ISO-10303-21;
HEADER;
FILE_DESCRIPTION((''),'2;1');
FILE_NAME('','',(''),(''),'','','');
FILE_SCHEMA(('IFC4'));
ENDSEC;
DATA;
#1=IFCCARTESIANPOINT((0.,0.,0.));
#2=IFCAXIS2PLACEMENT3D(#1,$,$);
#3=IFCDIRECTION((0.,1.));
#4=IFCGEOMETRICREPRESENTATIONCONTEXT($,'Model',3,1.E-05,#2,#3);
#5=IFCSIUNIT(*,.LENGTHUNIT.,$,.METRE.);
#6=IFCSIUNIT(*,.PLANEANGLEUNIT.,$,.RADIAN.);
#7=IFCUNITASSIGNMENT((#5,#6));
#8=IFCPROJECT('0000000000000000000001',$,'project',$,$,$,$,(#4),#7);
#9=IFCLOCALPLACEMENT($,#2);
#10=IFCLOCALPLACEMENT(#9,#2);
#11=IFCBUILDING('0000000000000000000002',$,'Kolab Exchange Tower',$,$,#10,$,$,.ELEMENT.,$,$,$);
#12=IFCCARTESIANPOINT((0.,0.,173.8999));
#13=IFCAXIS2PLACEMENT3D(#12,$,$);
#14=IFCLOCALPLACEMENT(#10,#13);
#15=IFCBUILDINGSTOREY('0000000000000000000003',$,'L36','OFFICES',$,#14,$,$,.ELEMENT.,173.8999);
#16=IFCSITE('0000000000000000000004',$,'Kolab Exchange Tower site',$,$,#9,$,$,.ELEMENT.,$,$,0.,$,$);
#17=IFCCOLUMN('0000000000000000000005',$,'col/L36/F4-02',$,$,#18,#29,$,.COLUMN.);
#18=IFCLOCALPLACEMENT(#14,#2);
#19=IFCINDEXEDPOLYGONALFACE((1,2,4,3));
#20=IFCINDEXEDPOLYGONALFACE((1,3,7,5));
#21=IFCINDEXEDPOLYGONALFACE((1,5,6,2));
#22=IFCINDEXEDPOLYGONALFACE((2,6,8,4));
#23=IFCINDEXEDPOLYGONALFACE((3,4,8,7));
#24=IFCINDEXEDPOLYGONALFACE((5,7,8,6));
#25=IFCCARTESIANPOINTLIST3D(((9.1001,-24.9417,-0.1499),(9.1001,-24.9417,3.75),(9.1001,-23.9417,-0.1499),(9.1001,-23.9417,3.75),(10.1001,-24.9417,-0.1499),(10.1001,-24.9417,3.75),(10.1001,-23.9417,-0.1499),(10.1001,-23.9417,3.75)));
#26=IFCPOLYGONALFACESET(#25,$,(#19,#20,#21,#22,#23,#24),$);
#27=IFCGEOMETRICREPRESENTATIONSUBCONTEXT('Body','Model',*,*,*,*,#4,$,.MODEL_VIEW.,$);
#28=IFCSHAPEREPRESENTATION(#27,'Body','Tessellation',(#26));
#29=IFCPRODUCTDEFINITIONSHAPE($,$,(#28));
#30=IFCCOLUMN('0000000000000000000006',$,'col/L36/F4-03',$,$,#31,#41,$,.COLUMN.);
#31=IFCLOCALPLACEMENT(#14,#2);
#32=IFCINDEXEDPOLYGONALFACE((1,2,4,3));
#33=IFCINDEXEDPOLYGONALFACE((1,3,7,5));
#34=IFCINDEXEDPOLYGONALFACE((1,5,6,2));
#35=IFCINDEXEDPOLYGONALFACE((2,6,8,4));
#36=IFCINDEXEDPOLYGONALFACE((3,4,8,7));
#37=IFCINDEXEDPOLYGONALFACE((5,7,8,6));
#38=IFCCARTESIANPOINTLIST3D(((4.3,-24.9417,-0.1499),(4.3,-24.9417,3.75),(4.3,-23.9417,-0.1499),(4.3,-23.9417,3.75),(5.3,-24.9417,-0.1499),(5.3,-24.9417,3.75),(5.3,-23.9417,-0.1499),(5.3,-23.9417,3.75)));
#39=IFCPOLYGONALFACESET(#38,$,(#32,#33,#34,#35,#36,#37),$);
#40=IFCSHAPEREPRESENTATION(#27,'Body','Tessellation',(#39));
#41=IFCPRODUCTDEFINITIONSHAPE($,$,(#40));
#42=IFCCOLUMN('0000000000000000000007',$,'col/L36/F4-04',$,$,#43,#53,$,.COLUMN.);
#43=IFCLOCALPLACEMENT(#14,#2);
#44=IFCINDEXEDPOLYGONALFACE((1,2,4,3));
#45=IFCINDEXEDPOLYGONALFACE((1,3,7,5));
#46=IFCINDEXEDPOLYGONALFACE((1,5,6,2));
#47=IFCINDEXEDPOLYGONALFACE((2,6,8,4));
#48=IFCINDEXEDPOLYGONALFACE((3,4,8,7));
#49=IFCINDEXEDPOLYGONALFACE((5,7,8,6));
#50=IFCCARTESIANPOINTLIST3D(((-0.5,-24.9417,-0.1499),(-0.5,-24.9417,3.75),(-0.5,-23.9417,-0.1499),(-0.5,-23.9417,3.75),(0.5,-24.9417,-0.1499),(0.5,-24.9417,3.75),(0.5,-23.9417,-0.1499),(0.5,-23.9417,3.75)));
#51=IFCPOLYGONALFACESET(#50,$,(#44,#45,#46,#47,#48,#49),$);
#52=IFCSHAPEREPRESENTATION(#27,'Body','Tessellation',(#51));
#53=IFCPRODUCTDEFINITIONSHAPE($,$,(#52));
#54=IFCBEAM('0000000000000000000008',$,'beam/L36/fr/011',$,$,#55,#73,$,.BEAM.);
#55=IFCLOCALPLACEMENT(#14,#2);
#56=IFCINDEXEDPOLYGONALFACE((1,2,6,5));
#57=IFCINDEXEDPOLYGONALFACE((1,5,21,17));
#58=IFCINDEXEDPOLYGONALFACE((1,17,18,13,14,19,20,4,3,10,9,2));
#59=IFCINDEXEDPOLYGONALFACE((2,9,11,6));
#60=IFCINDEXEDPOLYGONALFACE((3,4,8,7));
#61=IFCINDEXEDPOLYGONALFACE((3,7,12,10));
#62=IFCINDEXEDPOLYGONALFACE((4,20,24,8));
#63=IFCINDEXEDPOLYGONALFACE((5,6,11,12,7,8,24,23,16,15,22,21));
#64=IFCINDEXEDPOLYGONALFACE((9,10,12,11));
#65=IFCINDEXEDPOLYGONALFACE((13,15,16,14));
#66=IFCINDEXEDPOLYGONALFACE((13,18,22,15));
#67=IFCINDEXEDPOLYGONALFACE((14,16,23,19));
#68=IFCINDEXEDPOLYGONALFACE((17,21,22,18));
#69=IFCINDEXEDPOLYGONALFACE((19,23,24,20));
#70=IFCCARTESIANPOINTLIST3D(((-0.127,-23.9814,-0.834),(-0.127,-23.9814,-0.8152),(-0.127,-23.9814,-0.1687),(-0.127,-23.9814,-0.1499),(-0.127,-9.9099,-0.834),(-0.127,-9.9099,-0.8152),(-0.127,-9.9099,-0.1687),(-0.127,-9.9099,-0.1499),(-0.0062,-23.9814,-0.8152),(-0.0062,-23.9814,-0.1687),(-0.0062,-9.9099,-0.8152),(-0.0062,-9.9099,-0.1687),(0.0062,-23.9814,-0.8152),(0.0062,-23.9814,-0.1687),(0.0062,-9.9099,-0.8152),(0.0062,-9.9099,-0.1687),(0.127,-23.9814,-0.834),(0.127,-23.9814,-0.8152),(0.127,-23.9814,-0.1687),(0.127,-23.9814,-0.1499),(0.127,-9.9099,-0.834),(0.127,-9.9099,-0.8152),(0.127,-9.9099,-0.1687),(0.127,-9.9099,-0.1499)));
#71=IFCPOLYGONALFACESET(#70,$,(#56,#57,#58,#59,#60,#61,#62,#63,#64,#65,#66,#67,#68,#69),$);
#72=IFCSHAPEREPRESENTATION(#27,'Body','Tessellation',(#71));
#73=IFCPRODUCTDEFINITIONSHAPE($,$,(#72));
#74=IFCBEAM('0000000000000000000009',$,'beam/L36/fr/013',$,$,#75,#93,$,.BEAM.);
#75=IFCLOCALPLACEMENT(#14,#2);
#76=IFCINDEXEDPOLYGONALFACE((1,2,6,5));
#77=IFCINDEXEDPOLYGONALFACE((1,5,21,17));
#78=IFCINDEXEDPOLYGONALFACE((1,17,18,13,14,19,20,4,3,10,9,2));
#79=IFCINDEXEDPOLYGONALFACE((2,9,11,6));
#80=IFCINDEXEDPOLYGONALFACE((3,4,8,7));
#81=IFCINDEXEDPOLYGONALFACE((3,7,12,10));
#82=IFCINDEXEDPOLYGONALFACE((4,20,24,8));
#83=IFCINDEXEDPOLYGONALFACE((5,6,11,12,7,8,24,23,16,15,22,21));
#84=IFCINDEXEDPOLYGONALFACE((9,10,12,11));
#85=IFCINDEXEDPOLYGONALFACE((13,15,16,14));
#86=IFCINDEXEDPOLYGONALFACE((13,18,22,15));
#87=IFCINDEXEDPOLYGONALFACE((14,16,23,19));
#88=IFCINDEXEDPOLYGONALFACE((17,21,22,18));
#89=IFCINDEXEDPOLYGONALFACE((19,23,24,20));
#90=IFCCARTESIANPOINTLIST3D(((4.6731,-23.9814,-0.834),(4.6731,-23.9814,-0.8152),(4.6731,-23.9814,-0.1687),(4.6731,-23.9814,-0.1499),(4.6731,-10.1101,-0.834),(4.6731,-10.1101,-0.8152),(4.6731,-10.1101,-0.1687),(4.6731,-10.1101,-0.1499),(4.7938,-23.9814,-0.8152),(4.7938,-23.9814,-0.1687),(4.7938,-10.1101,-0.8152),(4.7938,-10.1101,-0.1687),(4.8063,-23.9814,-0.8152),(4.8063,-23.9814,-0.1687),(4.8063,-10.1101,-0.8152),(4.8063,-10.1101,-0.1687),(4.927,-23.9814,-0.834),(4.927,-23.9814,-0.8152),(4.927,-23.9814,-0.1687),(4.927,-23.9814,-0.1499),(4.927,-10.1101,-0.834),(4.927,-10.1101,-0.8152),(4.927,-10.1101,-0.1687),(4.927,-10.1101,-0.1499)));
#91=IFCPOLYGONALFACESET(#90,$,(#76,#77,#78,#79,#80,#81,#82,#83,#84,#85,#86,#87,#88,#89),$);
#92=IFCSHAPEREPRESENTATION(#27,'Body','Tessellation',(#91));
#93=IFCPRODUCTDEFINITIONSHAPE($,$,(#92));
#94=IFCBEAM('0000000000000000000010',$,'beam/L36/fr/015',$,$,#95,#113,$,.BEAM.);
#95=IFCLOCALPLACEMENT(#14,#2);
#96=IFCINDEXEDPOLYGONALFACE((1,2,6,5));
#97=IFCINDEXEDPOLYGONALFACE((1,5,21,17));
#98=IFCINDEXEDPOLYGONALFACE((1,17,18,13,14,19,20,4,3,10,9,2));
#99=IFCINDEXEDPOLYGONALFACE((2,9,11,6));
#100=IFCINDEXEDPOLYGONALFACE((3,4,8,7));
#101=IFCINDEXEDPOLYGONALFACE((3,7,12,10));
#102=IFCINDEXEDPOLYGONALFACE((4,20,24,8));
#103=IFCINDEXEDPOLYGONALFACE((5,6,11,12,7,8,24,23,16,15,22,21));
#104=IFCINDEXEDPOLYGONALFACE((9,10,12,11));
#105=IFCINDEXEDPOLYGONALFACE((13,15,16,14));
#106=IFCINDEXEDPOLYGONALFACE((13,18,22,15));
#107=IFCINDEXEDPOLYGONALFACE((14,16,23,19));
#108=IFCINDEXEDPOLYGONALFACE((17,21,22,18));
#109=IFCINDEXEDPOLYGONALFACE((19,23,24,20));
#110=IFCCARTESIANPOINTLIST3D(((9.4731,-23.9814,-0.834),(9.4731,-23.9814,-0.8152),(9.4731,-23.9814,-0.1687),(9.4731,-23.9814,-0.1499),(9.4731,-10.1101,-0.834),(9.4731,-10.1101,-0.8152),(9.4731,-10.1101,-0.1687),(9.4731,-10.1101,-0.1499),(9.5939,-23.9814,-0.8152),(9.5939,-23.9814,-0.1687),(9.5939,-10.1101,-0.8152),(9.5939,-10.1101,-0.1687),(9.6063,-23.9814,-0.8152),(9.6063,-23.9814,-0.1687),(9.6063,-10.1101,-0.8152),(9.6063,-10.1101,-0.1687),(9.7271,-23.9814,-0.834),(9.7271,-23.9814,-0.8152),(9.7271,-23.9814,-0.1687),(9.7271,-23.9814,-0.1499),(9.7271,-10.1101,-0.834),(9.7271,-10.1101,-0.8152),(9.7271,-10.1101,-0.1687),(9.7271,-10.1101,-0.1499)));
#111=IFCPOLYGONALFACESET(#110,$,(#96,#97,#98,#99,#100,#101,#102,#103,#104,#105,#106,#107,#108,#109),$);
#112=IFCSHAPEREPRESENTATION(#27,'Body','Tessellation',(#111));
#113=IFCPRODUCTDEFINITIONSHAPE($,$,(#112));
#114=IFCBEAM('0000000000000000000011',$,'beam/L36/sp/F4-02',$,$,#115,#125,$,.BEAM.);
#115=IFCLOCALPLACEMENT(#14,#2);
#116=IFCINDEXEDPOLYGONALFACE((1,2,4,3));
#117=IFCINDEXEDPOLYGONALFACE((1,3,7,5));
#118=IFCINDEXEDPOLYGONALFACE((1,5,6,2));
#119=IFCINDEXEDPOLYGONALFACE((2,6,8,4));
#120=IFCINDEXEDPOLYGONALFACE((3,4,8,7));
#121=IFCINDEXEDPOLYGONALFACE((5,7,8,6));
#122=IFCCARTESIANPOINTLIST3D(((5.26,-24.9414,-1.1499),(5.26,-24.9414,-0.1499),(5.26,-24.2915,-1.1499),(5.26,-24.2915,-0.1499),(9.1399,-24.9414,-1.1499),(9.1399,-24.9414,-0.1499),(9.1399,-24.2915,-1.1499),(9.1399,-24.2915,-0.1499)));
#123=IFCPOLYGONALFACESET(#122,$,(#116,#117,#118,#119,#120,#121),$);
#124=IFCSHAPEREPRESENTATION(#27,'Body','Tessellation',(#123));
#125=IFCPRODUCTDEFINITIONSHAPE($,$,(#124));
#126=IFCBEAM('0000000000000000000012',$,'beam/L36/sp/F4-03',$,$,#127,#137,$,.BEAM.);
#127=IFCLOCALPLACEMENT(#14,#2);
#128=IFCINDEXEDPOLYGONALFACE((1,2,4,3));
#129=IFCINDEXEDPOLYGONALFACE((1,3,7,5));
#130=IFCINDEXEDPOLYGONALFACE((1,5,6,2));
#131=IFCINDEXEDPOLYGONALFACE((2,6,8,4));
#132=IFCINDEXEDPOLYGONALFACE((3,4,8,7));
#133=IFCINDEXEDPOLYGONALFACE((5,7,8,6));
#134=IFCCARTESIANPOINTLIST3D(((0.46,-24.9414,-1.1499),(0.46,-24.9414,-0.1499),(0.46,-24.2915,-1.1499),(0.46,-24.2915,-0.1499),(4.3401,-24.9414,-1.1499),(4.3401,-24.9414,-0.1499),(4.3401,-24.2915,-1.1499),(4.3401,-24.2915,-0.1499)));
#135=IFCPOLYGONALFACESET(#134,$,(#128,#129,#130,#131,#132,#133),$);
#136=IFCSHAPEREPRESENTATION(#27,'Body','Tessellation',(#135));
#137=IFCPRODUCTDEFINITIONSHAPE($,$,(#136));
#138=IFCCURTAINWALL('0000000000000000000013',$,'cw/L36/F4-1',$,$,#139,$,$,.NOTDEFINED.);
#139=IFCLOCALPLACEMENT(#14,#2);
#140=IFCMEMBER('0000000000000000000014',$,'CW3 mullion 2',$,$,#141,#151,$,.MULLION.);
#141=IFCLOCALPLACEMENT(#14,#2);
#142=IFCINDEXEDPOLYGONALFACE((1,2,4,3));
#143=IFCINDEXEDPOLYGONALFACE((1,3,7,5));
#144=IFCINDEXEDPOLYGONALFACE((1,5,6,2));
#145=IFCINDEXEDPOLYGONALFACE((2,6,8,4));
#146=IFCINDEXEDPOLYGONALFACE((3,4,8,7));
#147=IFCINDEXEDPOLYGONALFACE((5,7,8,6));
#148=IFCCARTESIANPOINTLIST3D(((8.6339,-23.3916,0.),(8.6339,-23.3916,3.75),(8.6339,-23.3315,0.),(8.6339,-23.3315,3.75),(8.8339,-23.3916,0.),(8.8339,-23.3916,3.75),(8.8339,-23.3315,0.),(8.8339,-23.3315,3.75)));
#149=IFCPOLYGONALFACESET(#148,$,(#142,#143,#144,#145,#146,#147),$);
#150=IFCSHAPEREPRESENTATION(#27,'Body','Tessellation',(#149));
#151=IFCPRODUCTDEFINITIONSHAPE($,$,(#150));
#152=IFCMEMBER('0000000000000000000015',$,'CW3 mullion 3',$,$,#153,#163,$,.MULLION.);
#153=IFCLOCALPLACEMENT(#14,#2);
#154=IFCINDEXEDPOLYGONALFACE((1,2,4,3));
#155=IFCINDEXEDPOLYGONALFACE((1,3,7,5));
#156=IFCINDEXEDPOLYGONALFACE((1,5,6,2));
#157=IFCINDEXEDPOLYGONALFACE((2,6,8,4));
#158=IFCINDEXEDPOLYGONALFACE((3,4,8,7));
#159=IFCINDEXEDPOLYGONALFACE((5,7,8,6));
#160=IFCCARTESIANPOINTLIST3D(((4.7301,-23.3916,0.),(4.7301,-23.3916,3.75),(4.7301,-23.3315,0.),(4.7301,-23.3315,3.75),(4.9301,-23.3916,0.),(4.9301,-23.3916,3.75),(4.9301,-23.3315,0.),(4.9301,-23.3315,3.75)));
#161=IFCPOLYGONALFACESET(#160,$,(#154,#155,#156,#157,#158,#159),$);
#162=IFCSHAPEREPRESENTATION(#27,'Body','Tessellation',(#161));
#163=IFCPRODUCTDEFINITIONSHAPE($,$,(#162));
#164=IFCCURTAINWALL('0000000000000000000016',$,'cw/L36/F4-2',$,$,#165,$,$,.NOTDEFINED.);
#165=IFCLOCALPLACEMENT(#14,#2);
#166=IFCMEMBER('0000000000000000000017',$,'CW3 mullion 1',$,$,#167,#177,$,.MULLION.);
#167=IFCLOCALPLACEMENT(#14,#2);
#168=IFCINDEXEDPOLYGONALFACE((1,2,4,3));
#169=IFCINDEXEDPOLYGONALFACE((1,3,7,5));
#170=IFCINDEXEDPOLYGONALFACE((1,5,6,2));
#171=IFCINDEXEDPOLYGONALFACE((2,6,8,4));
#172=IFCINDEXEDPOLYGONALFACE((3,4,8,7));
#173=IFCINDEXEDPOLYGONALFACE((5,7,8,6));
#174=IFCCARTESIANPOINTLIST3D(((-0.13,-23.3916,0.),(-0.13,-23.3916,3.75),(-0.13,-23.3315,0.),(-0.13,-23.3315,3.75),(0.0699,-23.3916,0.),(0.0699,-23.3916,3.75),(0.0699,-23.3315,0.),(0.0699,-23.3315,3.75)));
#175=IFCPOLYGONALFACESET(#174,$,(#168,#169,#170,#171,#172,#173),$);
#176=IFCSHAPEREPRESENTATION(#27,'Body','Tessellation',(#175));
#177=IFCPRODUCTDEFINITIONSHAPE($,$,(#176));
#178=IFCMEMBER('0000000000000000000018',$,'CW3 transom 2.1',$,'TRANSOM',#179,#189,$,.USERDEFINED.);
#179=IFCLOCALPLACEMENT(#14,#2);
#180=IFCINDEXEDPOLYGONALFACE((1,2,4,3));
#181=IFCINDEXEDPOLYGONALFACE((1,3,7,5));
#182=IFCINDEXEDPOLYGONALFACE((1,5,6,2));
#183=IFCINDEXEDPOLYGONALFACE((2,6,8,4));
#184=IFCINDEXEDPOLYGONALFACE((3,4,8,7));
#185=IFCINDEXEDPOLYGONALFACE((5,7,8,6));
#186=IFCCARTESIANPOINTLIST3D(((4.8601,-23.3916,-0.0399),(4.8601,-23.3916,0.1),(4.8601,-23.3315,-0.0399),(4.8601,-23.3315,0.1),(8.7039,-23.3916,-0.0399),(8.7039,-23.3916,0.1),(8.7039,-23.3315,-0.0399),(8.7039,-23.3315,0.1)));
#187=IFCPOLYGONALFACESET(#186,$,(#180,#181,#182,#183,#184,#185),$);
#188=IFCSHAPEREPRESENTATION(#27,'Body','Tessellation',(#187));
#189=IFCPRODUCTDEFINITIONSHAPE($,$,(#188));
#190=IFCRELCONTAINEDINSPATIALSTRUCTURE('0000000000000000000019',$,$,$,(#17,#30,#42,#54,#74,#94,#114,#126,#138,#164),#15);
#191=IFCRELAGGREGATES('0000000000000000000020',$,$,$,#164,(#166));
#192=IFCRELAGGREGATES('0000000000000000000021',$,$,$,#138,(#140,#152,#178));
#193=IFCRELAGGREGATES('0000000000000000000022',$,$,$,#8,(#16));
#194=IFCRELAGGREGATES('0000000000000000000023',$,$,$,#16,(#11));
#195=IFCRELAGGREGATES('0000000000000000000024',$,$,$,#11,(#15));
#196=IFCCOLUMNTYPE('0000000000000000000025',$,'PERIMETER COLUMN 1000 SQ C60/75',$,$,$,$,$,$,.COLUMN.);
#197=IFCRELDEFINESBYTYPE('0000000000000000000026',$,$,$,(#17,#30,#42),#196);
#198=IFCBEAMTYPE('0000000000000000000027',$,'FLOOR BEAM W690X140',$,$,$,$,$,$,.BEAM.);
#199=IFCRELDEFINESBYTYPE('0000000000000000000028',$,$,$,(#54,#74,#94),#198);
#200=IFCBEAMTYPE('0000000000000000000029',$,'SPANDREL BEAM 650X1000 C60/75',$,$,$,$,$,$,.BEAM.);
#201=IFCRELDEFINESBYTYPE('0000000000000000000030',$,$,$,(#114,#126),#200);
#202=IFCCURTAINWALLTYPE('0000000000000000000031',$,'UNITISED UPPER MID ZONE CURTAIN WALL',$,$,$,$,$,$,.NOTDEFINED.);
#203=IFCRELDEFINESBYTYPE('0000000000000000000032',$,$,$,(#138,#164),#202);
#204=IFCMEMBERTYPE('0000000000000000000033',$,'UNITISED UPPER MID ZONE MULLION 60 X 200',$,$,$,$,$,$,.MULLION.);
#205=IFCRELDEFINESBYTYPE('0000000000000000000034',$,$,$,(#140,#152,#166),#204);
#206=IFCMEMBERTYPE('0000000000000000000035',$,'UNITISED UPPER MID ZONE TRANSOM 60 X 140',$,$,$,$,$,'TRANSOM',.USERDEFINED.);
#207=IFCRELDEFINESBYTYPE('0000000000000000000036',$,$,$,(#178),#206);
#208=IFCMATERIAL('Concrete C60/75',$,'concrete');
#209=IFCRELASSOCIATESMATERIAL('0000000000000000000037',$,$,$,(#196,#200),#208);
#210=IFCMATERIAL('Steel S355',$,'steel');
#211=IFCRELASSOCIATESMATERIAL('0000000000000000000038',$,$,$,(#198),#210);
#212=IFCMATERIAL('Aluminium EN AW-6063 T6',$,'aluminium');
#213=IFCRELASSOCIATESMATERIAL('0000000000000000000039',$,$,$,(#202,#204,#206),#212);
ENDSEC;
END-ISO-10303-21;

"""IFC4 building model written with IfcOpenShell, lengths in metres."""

from ifc_helpers import new_model, si_unit, direction, frame, origin, origin_2d, place, context, subcontext, project, spatial, rectangle, i_section, extrude, material, material_profile, profile_set, type_object, element, aggregate, save


model = new_model("IFC4")

# Units and contexts
model_context = context("Model", 3, precision=1e-05, world=origin(), true_north=direction((0.0, 1.0)))
body_context = subcontext(model_context, "Body", "Model", "MODEL_VIEW")
ifc_project = project(units=[si_unit("LENGTHUNIT", "METRE"), si_unit("PLANEANGLEUNIT", "RADIAN")], contexts=[model_context])

# Site, building, storey
site_placement = place(None, origin())
site = spatial("IfcSite", under=ifc_project, at=site_placement, Name="Kolab Exchange Tower site", CompositionType="ELEMENT", RefElevation=0.0)
building_placement = place(site_placement, origin())
building = spatial("IfcBuilding", under=site, at=building_placement, Name="Kolab Exchange Tower", CompositionType="ELEMENT")
storey_placement = place(building_placement, frame((0.0, 0.0, 173.8999)))
storey = spatial("IfcBuildingStorey", under=building, at=storey_placement, Name="L36", Description="OFFICES", CompositionType="ELEMENT", Elevation=173.8999)

# Columns
ifc_material_1 = material(Name="Concrete C60/75", Category="concrete")
ifc_material_profile_1 = material_profile(ifc_material_1, rectangle(XDim=1.0, YDim=1.0, at=origin_2d()), Name="RC1000")
ifc_profile_set_1 = profile_set([ifc_material_profile_1], Name="Concrete C60/75")
column_type = type_object("IfcColumnType", Name="PERIMETER COLUMN 1000 SQ C60/75", PredefinedType="COLUMN", material=ifc_profile_set_1)
for number, where, z_axis, x_axis, name in (
    (1, (9.6001, -24.4417, -0.1499), (0.0, 0.0, 1.0), (1.0, 0.0, 0.0), "col/L36/F4-02"),
    (2, (4.8, -24.4417, -0.1499), (0.0, 0.0, 1.0), (1.0, 0.0, 0.0), "col/L36/F4-03"),
    (3, (0.0, -24.4417, -0.1499), (0.0, 0.0, 1.0), (1.0, 0.0, 0.0), "col/L36/F4-04"),
):
    element("IfcColumn", number, at=place(storey_placement, frame(where, z_axis=z_axis, x_axis=x_axis)), inside=storey, type_object=column_type, Name=name, PredefinedType="COLUMN", context=body_context, shape_type="SweptSolid", body=[
        extrude(rectangle(XDim=1.0, YDim=1.0, at=origin_2d()), origin(), (0.0, 0.0, 1.0), 3.8999),
    ])

# Beams
ifc_material_2 = material(Name="Steel S355", Category="steel")
ifc_material_profile_2 = material_profile(ifc_material_2, i_section(OverallWidth=0.2539, OverallDepth=0.6841, WebThickness=0.0125, FlangeThickness=0.0188, at=origin_2d()), Name="W690X140")
ifc_profile_set_2 = profile_set([ifc_material_profile_2], Name="Steel S355")
beam_type_1 = type_object("IfcBeamType", Name="FLOOR BEAM W690X140", PredefinedType="BEAM", material=ifc_profile_set_2)
beam_1_placement = place(storey_placement, frame((0.0, -23.9814, -0.4919), z_axis=(0.0, 1.0, 0.0), x_axis=(-1.0, 0.0, 0.0)))
element("IfcBeam", 4, at=beam_1_placement, inside=storey, type_object=beam_type_1, Name="beam/L36/fr/011", PredefinedType="BEAM", context=body_context, shape_type="SweptSolid", body=[
    extrude(i_section(OverallWidth=0.2539, OverallDepth=0.6841, WebThickness=0.0125, FlangeThickness=0.0188, at=origin_2d()), origin(), (0.0, 0.0, 1.0), 14.0715),
])
for number, where, z_axis, x_axis, name in (
    (5, (4.8, -23.9814, -0.4919), (0.0, 1.0, 0.0), (-1.0, 0.0, 0.0), "beam/L36/fr/013"),
    (6, (9.6001, -23.9814, -0.4919), (0.0, 1.0, 0.0), (-1.0, 0.0, 0.0), "beam/L36/fr/015"),
):
    element("IfcBeam", number, at=place(storey_placement, frame(where, z_axis=z_axis, x_axis=x_axis)), inside=storey, type_object=beam_type_1, Name=name, PredefinedType="BEAM", context=body_context, shape_type="SweptSolid", body=[
        extrude(i_section(OverallWidth=0.2539, OverallDepth=0.6841, WebThickness=0.0125, FlangeThickness=0.0188, at=origin_2d()), origin(), (0.0, 0.0, 1.0), 13.8713),
    ])
ifc_material_profile_3 = material_profile(ifc_material_1, rectangle(XDim=0.6499, YDim=1.0, at=origin_2d()), Name="RC650X1000")
ifc_profile_set_3 = profile_set([ifc_material_profile_3], Name="Concrete C60/75")
beam_type_2 = type_object("IfcBeamType", Name="SPANDREL BEAM 650X1000 C60/75", PredefinedType="BEAM", material=ifc_profile_set_3)
beam_2_placement = place(storey_placement, frame((9.1399, -24.6165, -0.6499), z_axis=(-1.0, 0.0, 0.0), x_axis=(0.0, -1.0, 0.0)))
element("IfcBeam", 7, at=beam_2_placement, inside=storey, type_object=beam_type_2, Name="beam/L36/sp/F4-02", PredefinedType="BEAM", context=body_context, shape_type="SweptSolid", body=[
    extrude(rectangle(XDim=0.6499, YDim=1.0, at=origin_2d()), origin(), (0.0, 0.0, 1.0), 3.8799),
])
beam_3_placement = place(storey_placement, frame((4.3401, -24.6165, -0.6499), z_axis=(-1.0, 0.0, 0.0), x_axis=(0.0, -1.0, 0.0)))
element("IfcBeam", 8, at=beam_3_placement, inside=storey, type_object=beam_type_2, Name="beam/L36/sp/F4-03", PredefinedType="BEAM", context=body_context, shape_type="SweptSolid", body=[
    extrude(rectangle(XDim=0.6499, YDim=1.0, at=origin_2d()), origin(), (0.0, 0.0, 1.0), 3.8801),
])

# Curtain wall, members
ifc_material_3 = material(Name="Aluminium EN AW-6063 T6", Category="aluminium")
curtain_wall_type = type_object("IfcCurtainWallType", Name="UNITISED UPPER MID ZONE CURTAIN WALL", PredefinedType="NOTDEFINED", material=ifc_material_3)
curtain_wall_1_placement = place(storey_placement, origin())
curtain_wall_1 = element("IfcCurtainWall", 9, at=curtain_wall_1_placement, inside=storey, type_object=curtain_wall_type, Name="cw/L36/F4-1", PredefinedType="NOTDEFINED")
ifc_material_profile_4 = material_profile(ifc_material_3, rectangle(XDim=0.0601, YDim=0.2, at=origin_2d()), Name="RECT 60X200")
ifc_profile_set_4 = profile_set([ifc_material_profile_4], Name="Aluminium EN AW-6063 T6")
member_type_1 = type_object("IfcMemberType", Name="UNITISED UPPER MID ZONE MULLION 60 X 200", PredefinedType="MULLION", material=ifc_profile_set_4)
member_1_placement = place(storey_placement, frame((8.7339, -23.3616, 0.0), z_axis=(0.0, 0.0, 1.0), x_axis=(0.0, -1.0, 0.0)))
member_1 = element("IfcMember", 10, at=member_1_placement, type_object=member_type_1, Name="CW3 mullion 2", PredefinedType="MULLION", context=body_context, shape_type="SweptSolid", body=[
    extrude(rectangle(XDim=0.0601, YDim=0.2, at=origin_2d()), origin(), (0.0, 0.0, 1.0), 3.75),
])
member_2_placement = place(storey_placement, frame((4.8301, -23.3616, 0.0), z_axis=(0.0, 0.0, 1.0), x_axis=(0.0, -1.0, 0.0)))
member_2 = element("IfcMember", 11, at=member_2_placement, type_object=member_type_1, Name="CW3 mullion 3", PredefinedType="MULLION", context=body_context, shape_type="SweptSolid", body=[
    extrude(rectangle(XDim=0.0601, YDim=0.2, at=origin_2d()), origin(), (0.0, 0.0, 1.0), 3.75),
])

# Curtain wall, member
curtain_wall_2_placement = place(storey_placement, origin())
curtain_wall_2 = element("IfcCurtainWall", 12, at=curtain_wall_2_placement, inside=storey, type_object=curtain_wall_type, Name="cw/L36/F4-2", PredefinedType="NOTDEFINED")
member_3_placement = place(storey_placement, frame((-0.03, -23.3616, 0.0), z_axis=(0.0, 0.0, 1.0), x_axis=(0.0, -1.0, 0.0)))
member_3 = element("IfcMember", 13, at=member_3_placement, type_object=member_type_1, Name="CW3 mullion 1", PredefinedType="MULLION", context=body_context, shape_type="SweptSolid", body=[
    extrude(rectangle(XDim=0.0601, YDim=0.2, at=origin_2d()), origin(), (0.0, 0.0, 1.0), 3.75),
])

# Member
ifc_material_profile_5 = material_profile(ifc_material_3, rectangle(XDim=0.0601, YDim=0.1399, at=origin_2d()), Name="RECT 60X140")
ifc_profile_set_5 = profile_set([ifc_material_profile_5], Name="Aluminium EN AW-6063 T6")
member_type_2 = type_object("IfcMemberType", Name="UNITISED UPPER MID ZONE TRANSOM 60 X 140", ElementType="TRANSOM", PredefinedType="USERDEFINED", material=ifc_profile_set_5)
member_4_placement = place(storey_placement, frame((8.7039, -23.3616, 0.03), z_axis=(-1.0, 0.0, 0.0), x_axis=(0.0, -1.0, 0.0)))
member_4 = element("IfcMember", 14, at=member_4_placement, type_object=member_type_2, Name="CW3 transom 2.1", ObjectType="TRANSOM", PredefinedType="USERDEFINED", context=body_context, shape_type="SweptSolid", body=[
    extrude(rectangle(XDim=0.0601, YDim=0.1399, at=origin_2d()), origin(), (0.0, 0.0, 1.0), 3.8438),
])
aggregate(curtain_wall_2, [member_3])

aggregate(curtain_wall_1, [member_1, member_2, member_4])

save(model, "model.ifc")
